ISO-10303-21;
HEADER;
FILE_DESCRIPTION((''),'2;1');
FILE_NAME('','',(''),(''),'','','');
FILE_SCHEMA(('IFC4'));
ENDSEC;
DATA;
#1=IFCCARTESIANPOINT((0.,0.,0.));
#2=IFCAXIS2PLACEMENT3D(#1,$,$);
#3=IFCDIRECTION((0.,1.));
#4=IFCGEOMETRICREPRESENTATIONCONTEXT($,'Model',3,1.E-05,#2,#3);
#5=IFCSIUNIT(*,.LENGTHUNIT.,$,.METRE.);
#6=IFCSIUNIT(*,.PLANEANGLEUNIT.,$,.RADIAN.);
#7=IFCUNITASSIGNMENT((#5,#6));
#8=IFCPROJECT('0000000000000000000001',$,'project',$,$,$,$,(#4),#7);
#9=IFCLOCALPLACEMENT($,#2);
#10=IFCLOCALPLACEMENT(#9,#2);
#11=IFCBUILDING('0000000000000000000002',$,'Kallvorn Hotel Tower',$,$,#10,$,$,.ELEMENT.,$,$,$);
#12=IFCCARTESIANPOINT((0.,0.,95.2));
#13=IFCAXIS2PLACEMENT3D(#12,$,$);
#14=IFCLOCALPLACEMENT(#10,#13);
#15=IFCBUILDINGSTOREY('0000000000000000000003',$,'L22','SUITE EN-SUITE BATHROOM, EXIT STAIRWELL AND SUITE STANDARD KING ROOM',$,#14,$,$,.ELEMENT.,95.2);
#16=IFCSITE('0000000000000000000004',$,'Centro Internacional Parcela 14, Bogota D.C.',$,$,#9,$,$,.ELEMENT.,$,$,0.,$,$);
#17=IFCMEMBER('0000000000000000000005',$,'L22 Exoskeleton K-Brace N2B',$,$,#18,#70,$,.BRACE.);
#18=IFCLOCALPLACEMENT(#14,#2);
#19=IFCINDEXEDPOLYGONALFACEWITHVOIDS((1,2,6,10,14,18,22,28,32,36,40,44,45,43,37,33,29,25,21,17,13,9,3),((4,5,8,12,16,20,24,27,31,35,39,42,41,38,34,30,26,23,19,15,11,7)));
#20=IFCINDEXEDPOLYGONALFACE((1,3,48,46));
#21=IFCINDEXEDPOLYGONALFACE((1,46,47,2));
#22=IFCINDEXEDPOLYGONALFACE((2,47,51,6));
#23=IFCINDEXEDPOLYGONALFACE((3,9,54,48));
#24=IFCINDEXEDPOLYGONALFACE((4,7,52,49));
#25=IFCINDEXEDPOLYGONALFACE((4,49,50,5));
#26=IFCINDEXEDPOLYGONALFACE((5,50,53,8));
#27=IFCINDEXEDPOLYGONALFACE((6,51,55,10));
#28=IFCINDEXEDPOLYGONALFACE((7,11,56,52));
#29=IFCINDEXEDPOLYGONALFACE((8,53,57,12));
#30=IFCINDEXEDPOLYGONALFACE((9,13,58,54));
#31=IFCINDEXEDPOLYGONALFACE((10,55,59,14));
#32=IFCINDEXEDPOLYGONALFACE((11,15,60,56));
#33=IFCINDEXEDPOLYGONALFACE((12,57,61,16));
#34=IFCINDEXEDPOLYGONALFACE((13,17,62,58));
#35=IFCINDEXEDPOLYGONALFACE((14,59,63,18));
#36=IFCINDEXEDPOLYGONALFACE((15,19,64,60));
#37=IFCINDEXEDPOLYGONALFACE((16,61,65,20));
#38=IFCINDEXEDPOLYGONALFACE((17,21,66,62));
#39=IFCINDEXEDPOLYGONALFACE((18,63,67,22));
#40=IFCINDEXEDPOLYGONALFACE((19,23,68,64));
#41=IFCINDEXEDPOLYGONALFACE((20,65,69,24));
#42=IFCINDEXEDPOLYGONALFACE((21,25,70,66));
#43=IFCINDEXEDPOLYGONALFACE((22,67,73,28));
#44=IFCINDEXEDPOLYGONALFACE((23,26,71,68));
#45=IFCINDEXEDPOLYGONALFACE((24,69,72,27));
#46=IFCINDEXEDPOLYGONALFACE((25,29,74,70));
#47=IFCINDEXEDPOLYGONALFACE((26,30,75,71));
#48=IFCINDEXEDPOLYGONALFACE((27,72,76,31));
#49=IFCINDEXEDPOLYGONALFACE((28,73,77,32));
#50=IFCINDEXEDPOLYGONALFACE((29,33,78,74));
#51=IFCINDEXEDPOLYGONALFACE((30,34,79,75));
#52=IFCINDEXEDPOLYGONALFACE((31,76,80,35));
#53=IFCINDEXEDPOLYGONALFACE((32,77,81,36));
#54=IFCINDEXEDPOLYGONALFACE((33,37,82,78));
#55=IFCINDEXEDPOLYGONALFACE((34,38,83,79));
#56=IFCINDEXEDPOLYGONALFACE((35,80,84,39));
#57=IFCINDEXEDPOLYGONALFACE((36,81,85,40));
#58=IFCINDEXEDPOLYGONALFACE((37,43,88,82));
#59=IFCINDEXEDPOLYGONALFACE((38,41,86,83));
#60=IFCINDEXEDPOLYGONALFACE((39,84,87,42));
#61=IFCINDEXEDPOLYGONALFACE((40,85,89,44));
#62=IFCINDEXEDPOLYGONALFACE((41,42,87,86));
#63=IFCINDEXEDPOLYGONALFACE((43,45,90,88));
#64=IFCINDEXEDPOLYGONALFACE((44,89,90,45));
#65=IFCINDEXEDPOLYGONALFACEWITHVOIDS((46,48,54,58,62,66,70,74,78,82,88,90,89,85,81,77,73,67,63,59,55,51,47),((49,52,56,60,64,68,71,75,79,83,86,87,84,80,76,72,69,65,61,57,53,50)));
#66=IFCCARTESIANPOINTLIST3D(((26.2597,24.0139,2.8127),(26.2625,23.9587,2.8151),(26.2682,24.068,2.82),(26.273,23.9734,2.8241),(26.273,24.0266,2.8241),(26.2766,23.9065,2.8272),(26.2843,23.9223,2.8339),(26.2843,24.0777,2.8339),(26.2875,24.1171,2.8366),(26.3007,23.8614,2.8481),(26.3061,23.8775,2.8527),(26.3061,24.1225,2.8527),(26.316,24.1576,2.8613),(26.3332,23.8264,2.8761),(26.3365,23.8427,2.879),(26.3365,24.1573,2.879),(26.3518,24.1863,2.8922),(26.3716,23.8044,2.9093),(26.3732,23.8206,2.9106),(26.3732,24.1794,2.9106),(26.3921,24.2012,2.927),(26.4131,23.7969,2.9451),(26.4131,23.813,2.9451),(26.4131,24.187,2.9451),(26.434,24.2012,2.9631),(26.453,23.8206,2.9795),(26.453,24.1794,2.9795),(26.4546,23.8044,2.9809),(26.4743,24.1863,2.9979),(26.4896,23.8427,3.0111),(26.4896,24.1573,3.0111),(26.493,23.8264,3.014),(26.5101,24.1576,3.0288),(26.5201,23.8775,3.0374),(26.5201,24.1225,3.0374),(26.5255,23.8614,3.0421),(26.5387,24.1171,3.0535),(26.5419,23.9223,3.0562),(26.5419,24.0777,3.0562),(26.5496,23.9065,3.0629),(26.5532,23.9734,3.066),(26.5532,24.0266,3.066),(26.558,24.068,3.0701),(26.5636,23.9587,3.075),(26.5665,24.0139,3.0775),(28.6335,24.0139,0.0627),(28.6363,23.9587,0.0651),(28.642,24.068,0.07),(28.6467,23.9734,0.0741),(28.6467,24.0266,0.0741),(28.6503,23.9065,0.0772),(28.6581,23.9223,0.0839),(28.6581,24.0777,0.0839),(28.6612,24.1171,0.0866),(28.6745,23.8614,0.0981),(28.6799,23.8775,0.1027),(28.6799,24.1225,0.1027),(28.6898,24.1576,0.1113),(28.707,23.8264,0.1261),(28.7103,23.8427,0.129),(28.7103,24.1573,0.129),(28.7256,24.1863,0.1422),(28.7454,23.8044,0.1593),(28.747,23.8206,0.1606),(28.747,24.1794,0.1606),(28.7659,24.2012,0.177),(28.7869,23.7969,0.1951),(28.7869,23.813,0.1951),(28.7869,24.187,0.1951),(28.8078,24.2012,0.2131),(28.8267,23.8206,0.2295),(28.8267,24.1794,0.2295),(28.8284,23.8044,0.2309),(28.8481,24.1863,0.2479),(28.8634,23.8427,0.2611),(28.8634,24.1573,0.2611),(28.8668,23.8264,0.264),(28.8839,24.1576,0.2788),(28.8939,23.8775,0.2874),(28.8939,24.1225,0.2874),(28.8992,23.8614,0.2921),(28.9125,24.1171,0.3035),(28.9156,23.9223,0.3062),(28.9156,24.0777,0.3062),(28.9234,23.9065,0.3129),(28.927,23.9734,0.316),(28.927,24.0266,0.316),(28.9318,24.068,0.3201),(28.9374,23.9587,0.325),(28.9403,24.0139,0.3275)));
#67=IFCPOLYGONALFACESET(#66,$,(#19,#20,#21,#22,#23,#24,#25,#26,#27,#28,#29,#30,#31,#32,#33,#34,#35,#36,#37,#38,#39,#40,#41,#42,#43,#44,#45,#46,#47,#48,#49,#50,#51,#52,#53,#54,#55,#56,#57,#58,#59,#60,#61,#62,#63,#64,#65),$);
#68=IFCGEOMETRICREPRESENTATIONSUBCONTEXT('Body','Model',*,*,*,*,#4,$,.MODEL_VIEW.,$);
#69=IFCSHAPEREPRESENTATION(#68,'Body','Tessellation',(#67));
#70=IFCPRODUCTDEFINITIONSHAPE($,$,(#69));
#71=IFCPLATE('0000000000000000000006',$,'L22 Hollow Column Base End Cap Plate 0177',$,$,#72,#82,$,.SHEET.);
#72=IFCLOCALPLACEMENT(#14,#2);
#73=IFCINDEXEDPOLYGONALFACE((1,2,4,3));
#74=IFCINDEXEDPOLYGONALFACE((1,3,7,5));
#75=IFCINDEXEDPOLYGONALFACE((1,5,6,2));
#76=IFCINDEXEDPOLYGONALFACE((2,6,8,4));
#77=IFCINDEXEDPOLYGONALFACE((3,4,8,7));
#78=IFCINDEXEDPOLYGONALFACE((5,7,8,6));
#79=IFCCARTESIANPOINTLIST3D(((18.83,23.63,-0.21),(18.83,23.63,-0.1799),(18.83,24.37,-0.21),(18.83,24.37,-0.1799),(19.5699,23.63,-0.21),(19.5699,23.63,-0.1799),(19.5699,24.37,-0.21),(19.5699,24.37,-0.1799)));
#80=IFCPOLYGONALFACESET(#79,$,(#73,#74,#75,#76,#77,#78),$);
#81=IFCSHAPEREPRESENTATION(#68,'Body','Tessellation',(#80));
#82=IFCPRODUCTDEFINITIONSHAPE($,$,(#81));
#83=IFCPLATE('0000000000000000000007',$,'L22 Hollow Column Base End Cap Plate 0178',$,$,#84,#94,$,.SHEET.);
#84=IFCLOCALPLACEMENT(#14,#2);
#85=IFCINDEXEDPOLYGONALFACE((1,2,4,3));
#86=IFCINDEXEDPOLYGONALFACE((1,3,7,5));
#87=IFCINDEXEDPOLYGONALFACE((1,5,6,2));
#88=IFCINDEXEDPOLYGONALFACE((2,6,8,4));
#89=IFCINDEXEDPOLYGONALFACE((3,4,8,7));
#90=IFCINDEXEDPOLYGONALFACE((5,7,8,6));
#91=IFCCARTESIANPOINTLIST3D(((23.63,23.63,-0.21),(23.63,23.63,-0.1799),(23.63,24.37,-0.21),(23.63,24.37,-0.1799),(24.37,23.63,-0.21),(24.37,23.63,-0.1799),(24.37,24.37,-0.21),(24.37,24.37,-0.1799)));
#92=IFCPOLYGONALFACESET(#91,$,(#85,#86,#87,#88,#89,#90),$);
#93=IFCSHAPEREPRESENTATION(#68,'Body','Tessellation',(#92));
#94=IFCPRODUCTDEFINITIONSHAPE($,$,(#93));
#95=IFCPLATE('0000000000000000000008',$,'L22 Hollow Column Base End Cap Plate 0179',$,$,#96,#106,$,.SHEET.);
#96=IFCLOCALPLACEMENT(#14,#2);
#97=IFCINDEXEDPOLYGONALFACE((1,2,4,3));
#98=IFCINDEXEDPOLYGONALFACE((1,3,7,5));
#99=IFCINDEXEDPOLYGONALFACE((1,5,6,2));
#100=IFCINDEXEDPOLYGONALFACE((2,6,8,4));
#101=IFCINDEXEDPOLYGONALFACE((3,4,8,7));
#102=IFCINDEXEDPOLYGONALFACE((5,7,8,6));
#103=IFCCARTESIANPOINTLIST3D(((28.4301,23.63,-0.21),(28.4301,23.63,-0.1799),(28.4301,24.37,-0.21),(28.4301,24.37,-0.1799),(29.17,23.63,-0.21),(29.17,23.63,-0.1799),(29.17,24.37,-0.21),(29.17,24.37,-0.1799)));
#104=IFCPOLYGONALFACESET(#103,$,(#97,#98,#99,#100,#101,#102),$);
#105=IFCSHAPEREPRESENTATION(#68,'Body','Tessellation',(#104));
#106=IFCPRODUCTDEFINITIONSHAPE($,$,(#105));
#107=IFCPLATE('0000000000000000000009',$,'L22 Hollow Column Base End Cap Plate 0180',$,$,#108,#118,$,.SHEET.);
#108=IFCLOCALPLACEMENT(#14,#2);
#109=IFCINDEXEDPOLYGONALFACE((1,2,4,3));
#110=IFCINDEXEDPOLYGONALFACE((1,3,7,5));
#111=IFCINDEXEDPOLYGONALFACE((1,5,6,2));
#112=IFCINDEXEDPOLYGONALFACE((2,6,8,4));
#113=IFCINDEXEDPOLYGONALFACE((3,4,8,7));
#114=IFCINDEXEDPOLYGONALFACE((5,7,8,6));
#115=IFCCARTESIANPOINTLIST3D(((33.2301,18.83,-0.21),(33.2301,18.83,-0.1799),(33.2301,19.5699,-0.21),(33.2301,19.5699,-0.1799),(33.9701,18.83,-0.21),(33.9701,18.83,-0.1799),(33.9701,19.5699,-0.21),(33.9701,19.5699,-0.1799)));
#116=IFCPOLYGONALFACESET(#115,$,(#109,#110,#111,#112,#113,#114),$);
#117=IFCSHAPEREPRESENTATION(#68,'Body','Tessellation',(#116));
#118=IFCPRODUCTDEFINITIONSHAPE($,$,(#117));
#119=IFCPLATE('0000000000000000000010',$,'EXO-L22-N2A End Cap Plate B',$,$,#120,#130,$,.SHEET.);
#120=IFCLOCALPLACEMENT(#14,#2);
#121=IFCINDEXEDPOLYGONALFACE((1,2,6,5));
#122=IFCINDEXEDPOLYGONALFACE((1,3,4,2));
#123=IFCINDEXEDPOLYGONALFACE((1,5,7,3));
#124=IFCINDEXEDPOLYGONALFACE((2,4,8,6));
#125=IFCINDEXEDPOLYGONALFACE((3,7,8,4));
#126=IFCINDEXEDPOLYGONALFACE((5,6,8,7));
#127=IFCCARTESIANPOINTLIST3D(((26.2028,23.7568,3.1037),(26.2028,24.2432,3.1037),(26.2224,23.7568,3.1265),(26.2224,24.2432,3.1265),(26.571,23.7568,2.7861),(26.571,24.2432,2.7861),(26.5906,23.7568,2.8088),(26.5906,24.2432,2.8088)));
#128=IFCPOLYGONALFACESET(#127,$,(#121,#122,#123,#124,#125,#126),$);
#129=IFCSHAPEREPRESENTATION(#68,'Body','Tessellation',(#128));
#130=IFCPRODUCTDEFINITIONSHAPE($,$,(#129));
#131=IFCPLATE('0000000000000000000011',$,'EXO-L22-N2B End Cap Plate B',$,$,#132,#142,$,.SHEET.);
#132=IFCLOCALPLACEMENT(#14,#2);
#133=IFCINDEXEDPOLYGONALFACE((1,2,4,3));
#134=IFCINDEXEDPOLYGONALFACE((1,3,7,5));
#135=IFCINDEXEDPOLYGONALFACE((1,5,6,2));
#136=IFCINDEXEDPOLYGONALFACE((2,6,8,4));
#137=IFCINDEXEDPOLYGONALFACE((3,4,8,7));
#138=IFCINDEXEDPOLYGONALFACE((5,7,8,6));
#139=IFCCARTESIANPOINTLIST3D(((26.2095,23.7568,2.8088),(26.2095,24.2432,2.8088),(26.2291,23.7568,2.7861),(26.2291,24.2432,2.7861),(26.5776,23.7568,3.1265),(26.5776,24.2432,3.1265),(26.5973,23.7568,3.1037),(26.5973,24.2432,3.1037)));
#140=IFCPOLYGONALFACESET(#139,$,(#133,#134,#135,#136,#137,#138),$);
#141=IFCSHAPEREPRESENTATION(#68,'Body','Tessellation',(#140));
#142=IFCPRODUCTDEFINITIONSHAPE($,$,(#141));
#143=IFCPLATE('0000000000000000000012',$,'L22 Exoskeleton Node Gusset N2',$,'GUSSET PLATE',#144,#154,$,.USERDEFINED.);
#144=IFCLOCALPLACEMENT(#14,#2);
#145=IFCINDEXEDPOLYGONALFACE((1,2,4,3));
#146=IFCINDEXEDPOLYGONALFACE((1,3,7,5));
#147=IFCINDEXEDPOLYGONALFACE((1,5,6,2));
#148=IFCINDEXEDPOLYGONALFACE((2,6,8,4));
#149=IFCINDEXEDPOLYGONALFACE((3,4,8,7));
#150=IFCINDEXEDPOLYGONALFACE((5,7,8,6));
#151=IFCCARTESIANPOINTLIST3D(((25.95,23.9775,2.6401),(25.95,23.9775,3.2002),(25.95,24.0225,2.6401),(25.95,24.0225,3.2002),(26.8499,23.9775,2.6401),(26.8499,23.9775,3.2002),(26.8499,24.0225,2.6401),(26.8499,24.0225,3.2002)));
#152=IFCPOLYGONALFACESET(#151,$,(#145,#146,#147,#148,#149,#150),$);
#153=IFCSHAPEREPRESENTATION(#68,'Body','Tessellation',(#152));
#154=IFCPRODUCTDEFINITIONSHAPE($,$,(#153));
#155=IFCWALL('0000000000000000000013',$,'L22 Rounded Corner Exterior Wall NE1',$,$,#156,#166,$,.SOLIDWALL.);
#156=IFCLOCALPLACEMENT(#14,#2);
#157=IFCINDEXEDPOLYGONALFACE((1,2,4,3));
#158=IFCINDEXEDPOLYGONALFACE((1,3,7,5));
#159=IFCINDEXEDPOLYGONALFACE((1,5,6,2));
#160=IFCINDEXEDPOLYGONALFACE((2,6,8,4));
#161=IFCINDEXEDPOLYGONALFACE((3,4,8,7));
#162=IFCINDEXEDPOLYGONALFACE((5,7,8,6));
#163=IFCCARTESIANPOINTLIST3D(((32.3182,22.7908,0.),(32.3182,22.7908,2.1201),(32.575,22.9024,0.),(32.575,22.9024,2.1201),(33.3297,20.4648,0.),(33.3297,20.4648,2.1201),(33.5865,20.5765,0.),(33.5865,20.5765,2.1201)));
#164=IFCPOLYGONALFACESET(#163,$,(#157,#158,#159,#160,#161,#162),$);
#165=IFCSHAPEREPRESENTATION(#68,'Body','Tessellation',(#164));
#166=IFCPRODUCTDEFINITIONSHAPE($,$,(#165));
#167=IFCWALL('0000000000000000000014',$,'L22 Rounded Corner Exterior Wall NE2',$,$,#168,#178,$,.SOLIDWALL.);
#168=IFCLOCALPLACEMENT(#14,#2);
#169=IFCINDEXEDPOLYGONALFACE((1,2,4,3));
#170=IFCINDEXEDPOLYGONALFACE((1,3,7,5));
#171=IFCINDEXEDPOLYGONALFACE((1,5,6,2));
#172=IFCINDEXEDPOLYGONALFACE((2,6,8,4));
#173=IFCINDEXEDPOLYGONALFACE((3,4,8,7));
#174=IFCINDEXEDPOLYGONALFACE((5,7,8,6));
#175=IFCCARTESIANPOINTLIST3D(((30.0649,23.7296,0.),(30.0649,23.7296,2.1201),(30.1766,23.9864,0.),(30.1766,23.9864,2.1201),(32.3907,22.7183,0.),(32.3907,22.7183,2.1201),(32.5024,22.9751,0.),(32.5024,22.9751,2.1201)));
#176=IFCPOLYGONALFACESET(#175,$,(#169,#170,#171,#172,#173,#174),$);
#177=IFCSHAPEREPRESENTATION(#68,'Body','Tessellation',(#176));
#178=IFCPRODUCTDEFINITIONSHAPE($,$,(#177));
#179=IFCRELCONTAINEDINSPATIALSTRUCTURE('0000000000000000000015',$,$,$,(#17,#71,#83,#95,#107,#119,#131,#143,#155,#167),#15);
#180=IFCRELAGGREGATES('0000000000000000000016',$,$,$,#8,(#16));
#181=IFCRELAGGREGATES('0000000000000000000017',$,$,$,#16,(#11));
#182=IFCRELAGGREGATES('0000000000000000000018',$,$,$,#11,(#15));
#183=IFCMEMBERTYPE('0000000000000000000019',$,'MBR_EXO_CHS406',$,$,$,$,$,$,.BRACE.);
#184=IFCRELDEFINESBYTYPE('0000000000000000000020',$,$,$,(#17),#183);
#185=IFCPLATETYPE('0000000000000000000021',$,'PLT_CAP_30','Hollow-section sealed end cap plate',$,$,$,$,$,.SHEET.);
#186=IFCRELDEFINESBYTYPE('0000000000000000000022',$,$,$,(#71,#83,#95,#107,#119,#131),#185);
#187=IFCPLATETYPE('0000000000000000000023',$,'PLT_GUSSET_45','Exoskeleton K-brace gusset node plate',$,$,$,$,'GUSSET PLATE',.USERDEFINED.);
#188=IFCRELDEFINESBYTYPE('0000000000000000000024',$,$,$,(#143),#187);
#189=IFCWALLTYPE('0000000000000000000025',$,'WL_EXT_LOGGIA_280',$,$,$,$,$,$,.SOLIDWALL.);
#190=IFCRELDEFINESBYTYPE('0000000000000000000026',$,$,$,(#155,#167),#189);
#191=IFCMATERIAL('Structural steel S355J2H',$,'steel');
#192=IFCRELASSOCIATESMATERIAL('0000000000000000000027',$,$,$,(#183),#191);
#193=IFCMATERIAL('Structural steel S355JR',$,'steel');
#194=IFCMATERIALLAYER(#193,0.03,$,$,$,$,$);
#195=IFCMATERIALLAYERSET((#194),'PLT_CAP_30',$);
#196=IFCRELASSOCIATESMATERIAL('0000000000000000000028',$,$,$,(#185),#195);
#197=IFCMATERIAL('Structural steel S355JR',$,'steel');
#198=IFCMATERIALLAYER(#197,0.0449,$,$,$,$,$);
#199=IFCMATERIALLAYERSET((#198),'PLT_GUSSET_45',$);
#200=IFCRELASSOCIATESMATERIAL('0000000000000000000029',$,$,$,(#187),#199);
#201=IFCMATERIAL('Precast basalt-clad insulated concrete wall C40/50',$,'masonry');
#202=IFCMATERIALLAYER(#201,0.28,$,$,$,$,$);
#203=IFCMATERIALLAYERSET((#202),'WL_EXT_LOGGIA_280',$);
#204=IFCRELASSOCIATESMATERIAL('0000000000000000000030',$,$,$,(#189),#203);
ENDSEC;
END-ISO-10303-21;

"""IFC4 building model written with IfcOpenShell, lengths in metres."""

from ifc_helpers import new_model, si_unit, direction, frame, frame_2d, origin, origin_2d, place, context, subcontext, project, spatial, polyline, rectangle, hollow_circle, outline, extrude, material, layer, layer_set, material_profile, profile_set, type_object, element, save


model = new_model("IFC4")

# Units and contexts
model_context = context("Model", 3, precision=1e-05, world=origin(), true_north=direction((0.0, 1.0)))
body_context = subcontext(model_context, "Body", "Model", "MODEL_VIEW")
ifc_project = project(units=[si_unit("LENGTHUNIT", "METRE"), si_unit("PLANEANGLEUNIT", "RADIAN")], contexts=[model_context])

# Site, building, storey
site_placement = place(None, origin())
site = spatial("IfcSite", under=ifc_project, at=site_placement, Name="Centro Internacional Parcela 14, Bogota D.C.", CompositionType="ELEMENT", RefElevation=0.0)
building_placement = place(site_placement, origin())
building = spatial("IfcBuilding", under=site, at=building_placement, Name="Kallvorn Hotel Tower", CompositionType="ELEMENT")
storey_placement = place(building_placement, frame((0.0, 0.0, 95.2)))
storey = spatial("IfcBuildingStorey", under=building, at=storey_placement, Name="L22", Description="SUITE EN-SUITE BATHROOM, EXIT STAIRWELL AND SUITE STANDARD KING ROOM", CompositionType="ELEMENT", Elevation=95.2)

# Member
ifc_material_1 = material(Name="Structural steel S355J2H", Category="steel")
ifc_material_profile_1 = material_profile(ifc_material_1, hollow_circle(Radius=0.2031, WallThickness=0.0161, at=origin_2d()), Name="CHS 406.4x16")
ifc_profile_set_1 = profile_set([ifc_material_profile_1], Name="Structural steel S355J2H")
member_type_1 = type_object("IfcMemberType", Name="MBR_EXO_CHS406", PredefinedType="BRACE", material=ifc_profile_set_1)
for number, where, z_axis, x_axis, name in (
    (1, (28.7869, 24.0, 0.1951), (-0.653427, 0.0, 0.756989), (0.0, -1.0, 0.0), "L22 Exoskeleton K-Brace N2B"),
):
    element("IfcMember", number, at=place(storey_placement, frame(where, z_axis=z_axis, x_axis=x_axis)), inside=storey, type_object=member_type_1, Name=name, PredefinedType="BRACE", context=body_context, shape_type="SweptSolid", body=[
        extrude(hollow_circle(Radius=0.2031, WallThickness=0.0161, at=origin_2d()), origin(), (0.0, 0.0, 1.0), 3.6328),
    ])

# Plates
ifc_material_2 = material(Name="Structural steel S355JR", Category="steel")
ifc_layer_1 = layer(ifc_material_2, 0.03)
ifc_layer_set_1 = layer_set([ifc_layer_1], Name="PLT_CAP_30")
plate_type_1 = type_object("IfcPlateType", Name="PLT_CAP_30", Description="Hollow-section sealed end cap plate", PredefinedType="SHEET", material=ifc_layer_set_1)
for number, where, z_axis, x_axis, name in (
    (2, (19.2, 24.0, -0.21), (0.0, 0.0, 1.0), (1.0, 0.0, 0.0), "L22 Hollow Column Base End Cap Plate 0177"),
    (3, (24.0, 24.0, -0.21), (0.0, 0.0, 1.0), (1.0, 0.0, 0.0), "L22 Hollow Column Base End Cap Plate 0178"),
    (4, (28.8, 24.0, -0.21), (0.0, 0.0, 1.0), (1.0, 0.0, 0.0), "L22 Hollow Column Base End Cap Plate 0179"),
    (5, (33.6001, 19.2, -0.21), (0.0, 0.0, 1.0), (1.0, 0.0, 0.0), "L22 Hollow Column Base End Cap Plate 0180"),
):
    element("IfcPlate", number, at=place(storey_placement, frame(where, z_axis=z_axis, x_axis=x_axis)), inside=storey, type_object=plate_type_1, Name=name, PredefinedType="SHEET", context=body_context, shape_type="SweptSolid", body=[
        extrude(rectangle(XDim=0.74, YDim=0.74, at=origin_2d()), origin(), (0.0, 0.0, 1.0), 0.03),
    ])
for number, where, z_axis, x_axis, name in (
    (6, (26.5906, 23.7568, 2.8088), (0.653228, 0.0, 0.757162), (0.0, 1.0, 0.0), "EXO-L22-N2A End Cap Plate B"),
    (7, (26.2095, 24.2432, 2.8088), (-0.653228, 0.0, 0.757162), (0.0, -1.0, 0.0), "EXO-L22-N2B End Cap Plate B"),
):
    element("IfcPlate", number, at=place(storey_placement, frame(where, z_axis=z_axis, x_axis=x_axis)), inside=storey, type_object=plate_type_1, Name=name, PredefinedType="SHEET", context=body_context, shape_type="SweptSolid", body=[
        extrude(outline(polyline([(0.0, 0.0), (0.4863, 0.0), (0.4863, 0.4862), (0.0, 0.4862), (0.0, 0.0)])), origin(), (0.0, 0.0, -1.0), 0.03),
    ])
ifc_material_3 = material(Name="Structural steel S355JR", Category="steel")
ifc_layer_2 = layer(ifc_material_3, 0.0449)
ifc_layer_set_2 = layer_set([ifc_layer_2], Name="PLT_GUSSET_45")
plate_type_2 = type_object("IfcPlateType", Name="PLT_GUSSET_45", Description="Exoskeleton K-brace gusset node plate", ElementType="GUSSET PLATE", PredefinedType="USERDEFINED", material=ifc_layer_set_2)
plate_placement = place(storey_placement, frame((26.3999, 24.0, 2.6401), z_axis=(0.0, 0.0, 1.0), x_axis=(1.0, 0.0, 0.0)))
element("IfcPlate", 8, at=plate_placement, inside=storey, type_object=plate_type_2, Name="L22 Exoskeleton Node Gusset N2", ObjectType="GUSSET PLATE", PredefinedType="USERDEFINED", context=body_context, shape_type="SweptSolid", body=[
    extrude(rectangle(XDim=0.8999, YDim=0.0449, at=origin_2d()), origin(), (0.0, 0.0, 1.0), 0.5601),
])

# Walls
ifc_material_4 = material(Name="Precast basalt-clad insulated concrete wall C40/50", Category="masonry")
ifc_layer_3 = layer(ifc_material_4, 0.28)
ifc_layer_set_3 = layer_set([ifc_layer_3], Name="WL_EXT_LOGGIA_280")
wall_type = type_object("IfcWallType", Name="WL_EXT_LOGGIA_280", PredefinedType="SOLIDWALL", material=ifc_layer_set_3)
wall_1_placement = place(storey_placement, frame((33.458, 20.5208, 0.0), z_axis=(0.0, 0.0, 1.0), x_axis=(-0.398793, 0.917041, 0.0)))
element("IfcWall", 9, at=wall_1_placement, inside=storey, type_object=wall_type, Name="L22 Rounded Corner Exterior Wall NE1", PredefinedType="SOLIDWALL", context=body_context, shape_type="SweptSolid", body=[
    extrude(rectangle(XDim=2.5364, YDim=0.28, at=frame_2d((1.2681, 0.0))), origin(), (0.0, 0.0, 1.0), 2.1201),
])
wall_2_placement = place(storey_placement, frame((32.4465, 22.8467, 0.0), z_axis=(0.0, 0.0, 1.0), x_axis=(-0.917061, 0.398747, 0.0)))
element("IfcWall", 10, at=wall_2_placement, inside=storey, type_object=wall_type, Name="L22 Rounded Corner Exterior Wall NE2", PredefinedType="SOLIDWALL", context=body_context, shape_type="SweptSolid", body=[
    extrude(rectangle(XDim=2.5361, YDim=0.28, at=frame_2d((1.2681, 0.0))), origin(), (0.0, 0.0, 1.0), 2.1201),
])

save(model, "model.ifc")
